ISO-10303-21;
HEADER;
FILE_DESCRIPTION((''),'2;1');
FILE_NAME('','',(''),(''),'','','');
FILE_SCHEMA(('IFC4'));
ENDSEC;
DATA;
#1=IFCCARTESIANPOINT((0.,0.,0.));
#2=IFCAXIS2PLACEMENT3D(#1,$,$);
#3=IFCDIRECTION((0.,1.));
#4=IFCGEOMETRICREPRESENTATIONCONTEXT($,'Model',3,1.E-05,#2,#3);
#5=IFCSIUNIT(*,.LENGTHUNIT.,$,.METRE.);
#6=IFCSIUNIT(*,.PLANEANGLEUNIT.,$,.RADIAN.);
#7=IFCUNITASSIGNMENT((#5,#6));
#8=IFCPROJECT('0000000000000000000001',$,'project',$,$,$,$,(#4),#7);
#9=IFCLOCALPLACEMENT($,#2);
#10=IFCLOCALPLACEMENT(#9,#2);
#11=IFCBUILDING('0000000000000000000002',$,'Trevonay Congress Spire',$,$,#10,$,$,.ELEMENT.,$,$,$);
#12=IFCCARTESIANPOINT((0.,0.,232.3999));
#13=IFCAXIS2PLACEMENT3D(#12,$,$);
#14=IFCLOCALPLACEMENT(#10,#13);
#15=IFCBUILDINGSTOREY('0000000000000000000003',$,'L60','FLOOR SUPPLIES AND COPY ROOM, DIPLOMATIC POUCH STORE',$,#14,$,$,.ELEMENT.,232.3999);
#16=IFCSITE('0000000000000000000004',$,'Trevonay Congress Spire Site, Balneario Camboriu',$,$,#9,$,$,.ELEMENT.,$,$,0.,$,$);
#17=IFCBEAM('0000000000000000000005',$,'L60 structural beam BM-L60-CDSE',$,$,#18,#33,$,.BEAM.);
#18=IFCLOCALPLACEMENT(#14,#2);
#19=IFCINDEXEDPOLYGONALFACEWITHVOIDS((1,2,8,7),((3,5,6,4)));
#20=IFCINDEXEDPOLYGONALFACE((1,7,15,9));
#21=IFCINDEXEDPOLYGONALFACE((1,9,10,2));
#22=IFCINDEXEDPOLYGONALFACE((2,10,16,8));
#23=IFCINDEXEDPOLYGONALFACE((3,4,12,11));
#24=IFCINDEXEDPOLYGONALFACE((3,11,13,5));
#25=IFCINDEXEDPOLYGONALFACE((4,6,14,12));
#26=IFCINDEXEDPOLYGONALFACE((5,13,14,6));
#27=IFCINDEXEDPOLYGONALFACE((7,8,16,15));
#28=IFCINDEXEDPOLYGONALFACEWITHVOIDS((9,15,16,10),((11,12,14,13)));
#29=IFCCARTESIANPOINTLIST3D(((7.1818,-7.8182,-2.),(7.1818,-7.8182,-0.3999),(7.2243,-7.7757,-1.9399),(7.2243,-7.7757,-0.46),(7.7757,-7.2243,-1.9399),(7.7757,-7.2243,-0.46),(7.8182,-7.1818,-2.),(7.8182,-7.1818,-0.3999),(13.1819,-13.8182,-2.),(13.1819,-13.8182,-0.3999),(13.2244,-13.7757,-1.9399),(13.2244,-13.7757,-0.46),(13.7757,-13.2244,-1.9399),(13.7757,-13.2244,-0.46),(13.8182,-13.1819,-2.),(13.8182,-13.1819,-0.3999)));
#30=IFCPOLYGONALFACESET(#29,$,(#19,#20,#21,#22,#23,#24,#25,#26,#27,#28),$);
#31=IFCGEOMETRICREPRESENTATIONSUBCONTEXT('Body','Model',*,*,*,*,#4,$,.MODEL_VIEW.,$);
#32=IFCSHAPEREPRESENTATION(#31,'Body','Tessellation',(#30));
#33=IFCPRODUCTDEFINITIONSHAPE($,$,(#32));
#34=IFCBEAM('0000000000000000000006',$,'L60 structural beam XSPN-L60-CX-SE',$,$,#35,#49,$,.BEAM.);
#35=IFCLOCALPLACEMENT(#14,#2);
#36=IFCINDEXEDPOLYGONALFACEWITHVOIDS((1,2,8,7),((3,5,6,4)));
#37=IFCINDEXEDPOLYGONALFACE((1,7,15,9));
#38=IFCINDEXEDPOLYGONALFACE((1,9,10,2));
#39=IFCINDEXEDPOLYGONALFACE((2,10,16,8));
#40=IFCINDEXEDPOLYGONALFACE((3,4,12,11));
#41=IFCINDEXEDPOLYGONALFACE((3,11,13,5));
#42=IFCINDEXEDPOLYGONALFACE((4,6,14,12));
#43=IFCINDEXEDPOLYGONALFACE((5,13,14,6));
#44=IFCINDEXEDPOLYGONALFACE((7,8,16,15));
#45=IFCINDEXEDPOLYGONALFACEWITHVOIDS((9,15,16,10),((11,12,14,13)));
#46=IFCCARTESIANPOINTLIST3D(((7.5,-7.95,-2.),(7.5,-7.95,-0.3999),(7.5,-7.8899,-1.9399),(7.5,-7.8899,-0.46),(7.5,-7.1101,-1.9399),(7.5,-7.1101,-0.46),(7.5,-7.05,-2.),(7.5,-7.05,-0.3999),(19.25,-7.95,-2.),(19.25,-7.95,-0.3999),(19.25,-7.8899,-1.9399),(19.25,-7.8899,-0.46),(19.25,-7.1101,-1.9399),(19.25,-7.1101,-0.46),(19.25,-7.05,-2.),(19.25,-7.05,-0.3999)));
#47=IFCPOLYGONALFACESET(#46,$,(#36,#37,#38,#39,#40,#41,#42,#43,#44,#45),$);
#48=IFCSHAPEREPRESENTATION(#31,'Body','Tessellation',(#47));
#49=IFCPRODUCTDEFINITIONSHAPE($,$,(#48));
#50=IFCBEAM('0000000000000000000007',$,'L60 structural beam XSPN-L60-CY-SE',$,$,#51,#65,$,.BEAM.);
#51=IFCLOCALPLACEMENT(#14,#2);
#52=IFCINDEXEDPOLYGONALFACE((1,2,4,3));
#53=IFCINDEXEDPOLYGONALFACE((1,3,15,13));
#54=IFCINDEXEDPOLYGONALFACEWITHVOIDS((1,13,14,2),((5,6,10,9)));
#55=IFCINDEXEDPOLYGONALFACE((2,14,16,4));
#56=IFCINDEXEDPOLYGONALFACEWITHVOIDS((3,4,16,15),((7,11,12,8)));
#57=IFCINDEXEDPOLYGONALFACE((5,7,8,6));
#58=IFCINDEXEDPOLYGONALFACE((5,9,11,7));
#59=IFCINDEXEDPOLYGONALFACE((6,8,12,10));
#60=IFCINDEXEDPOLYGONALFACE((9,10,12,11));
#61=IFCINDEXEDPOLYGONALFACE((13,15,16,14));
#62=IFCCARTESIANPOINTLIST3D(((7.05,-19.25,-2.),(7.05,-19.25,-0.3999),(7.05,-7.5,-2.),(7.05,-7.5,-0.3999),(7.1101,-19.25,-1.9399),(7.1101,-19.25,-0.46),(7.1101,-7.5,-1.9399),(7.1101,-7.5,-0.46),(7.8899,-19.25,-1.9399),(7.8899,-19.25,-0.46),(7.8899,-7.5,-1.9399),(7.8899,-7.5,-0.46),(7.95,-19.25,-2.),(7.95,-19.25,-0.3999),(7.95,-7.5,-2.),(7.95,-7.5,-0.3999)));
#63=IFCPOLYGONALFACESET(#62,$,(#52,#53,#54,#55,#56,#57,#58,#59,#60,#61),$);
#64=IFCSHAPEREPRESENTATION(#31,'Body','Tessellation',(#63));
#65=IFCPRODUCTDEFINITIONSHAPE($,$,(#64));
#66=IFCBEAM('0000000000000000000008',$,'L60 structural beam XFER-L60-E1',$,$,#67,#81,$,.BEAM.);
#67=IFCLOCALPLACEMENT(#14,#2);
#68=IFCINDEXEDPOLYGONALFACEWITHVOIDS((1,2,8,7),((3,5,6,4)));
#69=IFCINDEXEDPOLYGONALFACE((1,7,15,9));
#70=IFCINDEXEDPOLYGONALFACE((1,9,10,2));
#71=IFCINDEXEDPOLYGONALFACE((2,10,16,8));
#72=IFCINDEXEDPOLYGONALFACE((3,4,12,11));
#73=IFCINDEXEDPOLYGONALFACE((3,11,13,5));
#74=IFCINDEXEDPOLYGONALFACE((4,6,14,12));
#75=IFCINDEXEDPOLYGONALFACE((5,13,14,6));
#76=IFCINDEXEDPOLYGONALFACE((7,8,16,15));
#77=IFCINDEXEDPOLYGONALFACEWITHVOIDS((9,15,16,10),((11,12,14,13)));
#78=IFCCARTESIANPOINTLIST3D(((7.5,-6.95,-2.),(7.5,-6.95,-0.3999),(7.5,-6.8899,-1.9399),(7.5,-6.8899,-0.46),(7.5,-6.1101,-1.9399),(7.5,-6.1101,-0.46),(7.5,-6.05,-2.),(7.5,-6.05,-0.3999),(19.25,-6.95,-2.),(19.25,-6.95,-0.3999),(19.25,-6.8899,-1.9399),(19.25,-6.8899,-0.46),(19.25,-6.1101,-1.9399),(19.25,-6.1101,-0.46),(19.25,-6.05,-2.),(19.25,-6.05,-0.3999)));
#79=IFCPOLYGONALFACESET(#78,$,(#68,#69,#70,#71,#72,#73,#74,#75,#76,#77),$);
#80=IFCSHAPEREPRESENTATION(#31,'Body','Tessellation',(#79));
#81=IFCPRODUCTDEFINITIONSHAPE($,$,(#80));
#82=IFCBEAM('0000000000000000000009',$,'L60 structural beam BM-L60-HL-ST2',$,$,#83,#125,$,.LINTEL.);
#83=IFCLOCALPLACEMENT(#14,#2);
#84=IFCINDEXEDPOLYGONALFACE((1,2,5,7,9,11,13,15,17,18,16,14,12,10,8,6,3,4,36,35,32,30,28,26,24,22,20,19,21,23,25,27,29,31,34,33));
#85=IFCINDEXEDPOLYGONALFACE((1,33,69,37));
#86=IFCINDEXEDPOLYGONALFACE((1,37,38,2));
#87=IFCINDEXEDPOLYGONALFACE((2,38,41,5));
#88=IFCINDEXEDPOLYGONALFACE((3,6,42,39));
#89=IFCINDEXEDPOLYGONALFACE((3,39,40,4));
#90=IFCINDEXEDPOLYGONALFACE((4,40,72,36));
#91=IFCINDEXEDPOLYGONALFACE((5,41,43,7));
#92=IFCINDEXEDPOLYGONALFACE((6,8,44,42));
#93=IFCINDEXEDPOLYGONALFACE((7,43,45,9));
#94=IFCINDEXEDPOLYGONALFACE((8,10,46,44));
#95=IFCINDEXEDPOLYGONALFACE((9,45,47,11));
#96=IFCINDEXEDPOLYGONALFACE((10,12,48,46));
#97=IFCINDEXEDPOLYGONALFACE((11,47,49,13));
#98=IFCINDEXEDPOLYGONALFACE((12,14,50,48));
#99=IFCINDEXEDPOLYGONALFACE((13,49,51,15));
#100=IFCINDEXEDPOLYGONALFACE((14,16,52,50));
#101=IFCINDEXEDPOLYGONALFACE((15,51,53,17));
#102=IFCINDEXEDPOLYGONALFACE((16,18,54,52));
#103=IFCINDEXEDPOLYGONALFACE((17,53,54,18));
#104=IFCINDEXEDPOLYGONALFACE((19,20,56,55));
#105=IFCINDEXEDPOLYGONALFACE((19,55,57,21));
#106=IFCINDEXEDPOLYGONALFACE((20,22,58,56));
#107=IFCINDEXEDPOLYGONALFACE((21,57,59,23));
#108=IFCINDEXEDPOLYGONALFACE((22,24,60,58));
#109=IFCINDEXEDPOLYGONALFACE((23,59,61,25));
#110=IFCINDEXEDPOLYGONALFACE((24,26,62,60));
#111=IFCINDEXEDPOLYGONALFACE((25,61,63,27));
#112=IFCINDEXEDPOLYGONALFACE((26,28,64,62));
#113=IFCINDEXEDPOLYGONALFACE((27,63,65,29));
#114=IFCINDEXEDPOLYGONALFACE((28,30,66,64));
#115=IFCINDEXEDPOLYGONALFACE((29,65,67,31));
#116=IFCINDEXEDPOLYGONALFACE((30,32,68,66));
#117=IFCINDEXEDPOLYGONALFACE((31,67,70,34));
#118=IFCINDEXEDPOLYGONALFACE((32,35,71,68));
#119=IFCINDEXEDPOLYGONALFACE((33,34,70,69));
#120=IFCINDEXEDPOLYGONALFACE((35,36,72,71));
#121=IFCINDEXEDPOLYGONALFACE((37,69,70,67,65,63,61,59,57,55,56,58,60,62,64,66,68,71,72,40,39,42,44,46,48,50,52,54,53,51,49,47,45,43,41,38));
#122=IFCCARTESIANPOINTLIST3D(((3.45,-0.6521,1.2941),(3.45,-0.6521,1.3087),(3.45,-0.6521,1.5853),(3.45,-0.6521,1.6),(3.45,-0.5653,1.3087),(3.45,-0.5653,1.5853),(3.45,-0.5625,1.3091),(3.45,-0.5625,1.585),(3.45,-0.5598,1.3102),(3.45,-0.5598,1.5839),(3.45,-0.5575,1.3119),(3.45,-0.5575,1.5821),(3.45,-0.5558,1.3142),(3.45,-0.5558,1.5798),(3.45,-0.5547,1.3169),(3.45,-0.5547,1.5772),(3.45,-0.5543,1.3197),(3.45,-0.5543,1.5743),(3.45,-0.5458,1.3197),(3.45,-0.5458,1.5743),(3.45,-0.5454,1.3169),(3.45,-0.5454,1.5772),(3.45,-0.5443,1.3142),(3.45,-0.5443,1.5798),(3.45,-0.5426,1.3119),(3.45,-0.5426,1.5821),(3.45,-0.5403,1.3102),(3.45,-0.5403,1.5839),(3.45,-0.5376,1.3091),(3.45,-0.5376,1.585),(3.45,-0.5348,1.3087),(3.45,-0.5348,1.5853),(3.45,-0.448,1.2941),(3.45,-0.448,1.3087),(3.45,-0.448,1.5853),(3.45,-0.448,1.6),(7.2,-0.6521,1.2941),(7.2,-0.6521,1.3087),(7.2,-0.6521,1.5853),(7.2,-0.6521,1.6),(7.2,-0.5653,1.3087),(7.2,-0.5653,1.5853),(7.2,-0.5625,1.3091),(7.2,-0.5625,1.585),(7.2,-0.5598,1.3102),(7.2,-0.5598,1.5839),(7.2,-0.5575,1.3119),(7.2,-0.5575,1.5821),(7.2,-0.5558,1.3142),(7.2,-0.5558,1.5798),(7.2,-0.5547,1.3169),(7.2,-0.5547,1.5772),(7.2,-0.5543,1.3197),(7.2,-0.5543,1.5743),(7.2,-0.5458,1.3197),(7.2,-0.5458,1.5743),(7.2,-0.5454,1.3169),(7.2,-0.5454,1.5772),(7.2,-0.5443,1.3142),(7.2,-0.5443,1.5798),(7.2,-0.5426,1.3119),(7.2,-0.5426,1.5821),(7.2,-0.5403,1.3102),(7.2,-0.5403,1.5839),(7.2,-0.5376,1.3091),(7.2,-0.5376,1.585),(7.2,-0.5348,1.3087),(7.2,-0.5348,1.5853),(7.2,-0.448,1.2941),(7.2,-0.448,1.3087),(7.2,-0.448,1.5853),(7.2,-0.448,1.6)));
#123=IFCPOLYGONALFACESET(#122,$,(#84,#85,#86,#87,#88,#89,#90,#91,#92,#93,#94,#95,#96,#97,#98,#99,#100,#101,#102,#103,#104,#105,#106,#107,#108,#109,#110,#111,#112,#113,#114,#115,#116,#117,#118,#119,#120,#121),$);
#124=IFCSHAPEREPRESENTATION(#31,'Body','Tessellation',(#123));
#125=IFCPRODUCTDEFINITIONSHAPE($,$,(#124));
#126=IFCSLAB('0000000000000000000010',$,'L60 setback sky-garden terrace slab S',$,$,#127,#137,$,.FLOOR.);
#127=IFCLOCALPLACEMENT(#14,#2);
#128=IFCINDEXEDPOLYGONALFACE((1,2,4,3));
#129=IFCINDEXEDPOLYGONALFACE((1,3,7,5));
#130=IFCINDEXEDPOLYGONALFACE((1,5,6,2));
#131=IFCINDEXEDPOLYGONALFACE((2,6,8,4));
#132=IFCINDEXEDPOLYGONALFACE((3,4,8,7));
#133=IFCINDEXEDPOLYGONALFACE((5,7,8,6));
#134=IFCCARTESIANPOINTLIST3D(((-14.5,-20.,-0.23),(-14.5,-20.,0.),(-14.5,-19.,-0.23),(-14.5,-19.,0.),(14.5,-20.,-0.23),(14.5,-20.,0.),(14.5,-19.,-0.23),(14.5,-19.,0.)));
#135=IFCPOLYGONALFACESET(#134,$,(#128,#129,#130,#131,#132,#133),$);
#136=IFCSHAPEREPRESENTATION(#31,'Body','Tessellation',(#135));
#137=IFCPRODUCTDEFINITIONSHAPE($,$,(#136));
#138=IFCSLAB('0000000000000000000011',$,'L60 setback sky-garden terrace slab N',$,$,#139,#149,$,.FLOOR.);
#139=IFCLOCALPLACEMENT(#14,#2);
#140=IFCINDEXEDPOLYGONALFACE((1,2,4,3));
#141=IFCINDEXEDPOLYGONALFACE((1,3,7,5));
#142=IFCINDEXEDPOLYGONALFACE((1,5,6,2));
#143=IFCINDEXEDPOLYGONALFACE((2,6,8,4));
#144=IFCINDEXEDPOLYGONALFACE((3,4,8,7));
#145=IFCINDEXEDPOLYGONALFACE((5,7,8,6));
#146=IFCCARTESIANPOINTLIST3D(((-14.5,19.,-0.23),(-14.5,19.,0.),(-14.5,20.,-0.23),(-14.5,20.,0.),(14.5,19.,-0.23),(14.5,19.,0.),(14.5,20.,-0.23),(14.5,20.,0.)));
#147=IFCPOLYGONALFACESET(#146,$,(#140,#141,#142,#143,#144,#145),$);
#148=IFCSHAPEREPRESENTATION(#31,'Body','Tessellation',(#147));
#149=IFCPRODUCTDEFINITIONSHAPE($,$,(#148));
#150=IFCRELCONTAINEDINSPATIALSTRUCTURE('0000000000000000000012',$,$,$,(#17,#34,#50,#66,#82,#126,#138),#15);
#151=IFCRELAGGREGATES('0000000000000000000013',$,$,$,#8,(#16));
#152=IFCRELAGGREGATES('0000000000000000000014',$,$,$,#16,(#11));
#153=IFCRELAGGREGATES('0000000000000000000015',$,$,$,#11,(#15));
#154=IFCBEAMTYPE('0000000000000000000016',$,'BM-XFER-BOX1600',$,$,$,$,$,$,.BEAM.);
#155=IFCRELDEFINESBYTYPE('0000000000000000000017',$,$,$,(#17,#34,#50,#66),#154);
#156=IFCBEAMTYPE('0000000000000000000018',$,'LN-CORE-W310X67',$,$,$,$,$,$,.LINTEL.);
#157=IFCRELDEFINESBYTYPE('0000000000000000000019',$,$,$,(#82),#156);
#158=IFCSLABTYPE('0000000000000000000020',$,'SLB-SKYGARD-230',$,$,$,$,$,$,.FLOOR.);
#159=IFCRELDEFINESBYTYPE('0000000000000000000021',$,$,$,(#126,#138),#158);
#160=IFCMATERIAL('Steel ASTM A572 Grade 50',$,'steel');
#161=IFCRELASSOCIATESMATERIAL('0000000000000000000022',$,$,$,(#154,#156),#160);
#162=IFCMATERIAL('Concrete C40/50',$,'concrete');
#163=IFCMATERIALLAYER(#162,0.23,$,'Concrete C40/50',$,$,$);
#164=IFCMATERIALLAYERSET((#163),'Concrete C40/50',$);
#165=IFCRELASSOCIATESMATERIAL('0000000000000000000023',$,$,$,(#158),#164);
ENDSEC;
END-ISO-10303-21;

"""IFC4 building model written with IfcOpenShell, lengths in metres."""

from ifc_helpers import new_model, si_unit, direction, frame, origin, origin_2d, place, context, subcontext, project, spatial, polyline, hollow_rectangle, i_section, outline, extrude, material, layer, layer_set, material_profile, profile_set, type_object, element, save


model = new_model("IFC4")

# Units and contexts
model_context = context("Model", 3, precision=1e-05, world=origin(), true_north=direction((0.0, 1.0)))
body_context = subcontext(model_context, "Body", "Model", "MODEL_VIEW")
ifc_project = project(units=[si_unit("LENGTHUNIT", "METRE"), si_unit("PLANEANGLEUNIT", "RADIAN")], contexts=[model_context])

# Site, building, storey
site_placement = place(None, origin())
site = spatial("IfcSite", under=ifc_project, at=site_placement, Name="Trevonay Congress Spire Site, Balneario Camboriu", CompositionType="ELEMENT", RefElevation=0.0)
building_placement = place(site_placement, origin())
building = spatial("IfcBuilding", under=site, at=building_placement, Name="Trevonay Congress Spire", CompositionType="ELEMENT")
storey_placement = place(building_placement, frame((0.0, 0.0, 232.3999)))
storey = spatial("IfcBuildingStorey", under=building, at=storey_placement, Name="L60", Description="FLOOR SUPPLIES AND COPY ROOM, DIPLOMATIC POUCH STORE", CompositionType="ELEMENT", Elevation=232.3999)

# Beams
ifc_material_1 = material(Name="Steel ASTM A572 Grade 50", Category="steel")
ifc_material_profile_1 = material_profile(ifc_material_1, hollow_rectangle(XDim=0.8999, YDim=1.6001, WallThickness=0.0601, at=origin_2d()), Name="BOX 1600x900x60")
ifc_profile_set_1 = profile_set([ifc_material_profile_1], Name="Steel ASTM A572 Grade 50")
beam_type_1 = type_object("IfcBeamType", Name="BM-XFER-BOX1600", PredefinedType="BEAM", material=ifc_profile_set_1)
beam_1_placement = place(storey_placement, frame((7.5, -7.5, -1.2), z_axis=(0.707107, -0.707107, 0.0), x_axis=(0.707107, 0.707107, 0.0)))
element("IfcBeam", 1, at=beam_1_placement, inside=storey, type_object=beam_type_1, Name="L60 structural beam BM-L60-CDSE", PredefinedType="BEAM", context=body_context, shape_type="SweptSolid", body=[
    extrude(hollow_rectangle(XDim=0.8999, YDim=1.6001, WallThickness=0.0601, at=origin_2d()), origin(), (0.0, 0.0, 1.0), 8.4854),
])
for number, where, z_axis, x_axis, name in (
    (2, (7.5, -7.5, -1.2), (1.0, 0.0, 0.0), (0.0, 1.0, 0.0), "L60 structural beam XSPN-L60-CX-SE"),
    (3, (7.5, -7.5, -1.2), (0.0, -1.0, 0.0), (1.0, 0.0, 0.0), "L60 structural beam XSPN-L60-CY-SE"),
    (4, (7.5, -6.5, -1.2), (1.0, 0.0, 0.0), (0.0, 1.0, 0.0), "L60 structural beam XFER-L60-E1"),
):
    element("IfcBeam", number, at=place(storey_placement, frame(where, z_axis=z_axis, x_axis=x_axis)), inside=storey, type_object=beam_type_1, Name=name, PredefinedType="BEAM", context=body_context, shape_type="SweptSolid", body=[
        extrude(hollow_rectangle(XDim=0.8999, YDim=1.6001, WallThickness=0.0601, at=origin_2d()), origin(), (0.0, 0.0, 1.0), 11.75),
    ])
ifc_material_profile_2 = material_profile(ifc_material_1, i_section(OverallWidth=0.2041, OverallDepth=0.3059, WebThickness=0.0085, FlangeThickness=0.0146, FilletRadius=0.011, at=origin_2d()), Name="W310x67")
ifc_profile_set_2 = profile_set([ifc_material_profile_2], Name="Steel ASTM A572 Grade 50")
beam_type_2 = type_object("IfcBeamType", Name="LN-CORE-W310X67", PredefinedType="LINTEL", material=ifc_profile_set_2)
beam_2_placement = place(storey_placement, frame((3.45, -0.55, 1.447), z_axis=(1.0, 0.0, 0.0), x_axis=(0.0, 1.0, 0.0)))
element("IfcBeam", 5, at=beam_2_placement, inside=storey, type_object=beam_type_2, Name="L60 structural beam BM-L60-HL-ST2", PredefinedType="LINTEL", context=body_context, shape_type="SweptSolid", body=[
    extrude(i_section(OverallWidth=0.2041, OverallDepth=0.3059, WebThickness=0.0085, FlangeThickness=0.0146, FilletRadius=0.011, at=origin_2d()), origin(), (0.0, 0.0, 1.0), 3.75),
])

# Slabs
ifc_material_2 = material(Name="Concrete C40/50", Category="concrete")
ifc_layer_1 = layer(ifc_material_2, 0.23, Name="Concrete C40/50")
ifc_layer_set_1 = layer_set([ifc_layer_1], Name="Concrete C40/50")
slab_type_1 = type_object("IfcSlabType", Name="SLB-SKYGARD-230", PredefinedType="FLOOR", material=ifc_layer_set_1)
slab_1_placement = place(storey_placement, frame((0.0, 0.0, -0.23)))
element("IfcSlab", 6, at=slab_1_placement, inside=storey, type_object=slab_type_1, Name="L60 setback sky-garden terrace slab S", PredefinedType="FLOOR", context=body_context, shape_type="SweptSolid", body=[
    extrude(outline(polyline([(-14.5, -20.0), (14.5, -20.0), (14.5, -19.0), (-14.5, -19.0), (-14.5, -20.0)])), origin(), (0.0, 0.0, 1.0), 0.23),
])
slab_2_placement = place(storey_placement, frame((0.0, 0.0, -0.23)))
element("IfcSlab", 7, at=slab_2_placement, inside=storey, type_object=slab_type_1, Name="L60 setback sky-garden terrace slab N", PredefinedType="FLOOR", context=body_context, shape_type="SweptSolid", body=[
    extrude(outline(polyline([(-14.5, 19.0), (14.5, 19.0), (14.5, 20.0), (-14.5, 20.0), (-14.5, 19.0)])), origin(), (0.0, 0.0, 1.0), 0.23),
])

save(model, "model.ifc")
